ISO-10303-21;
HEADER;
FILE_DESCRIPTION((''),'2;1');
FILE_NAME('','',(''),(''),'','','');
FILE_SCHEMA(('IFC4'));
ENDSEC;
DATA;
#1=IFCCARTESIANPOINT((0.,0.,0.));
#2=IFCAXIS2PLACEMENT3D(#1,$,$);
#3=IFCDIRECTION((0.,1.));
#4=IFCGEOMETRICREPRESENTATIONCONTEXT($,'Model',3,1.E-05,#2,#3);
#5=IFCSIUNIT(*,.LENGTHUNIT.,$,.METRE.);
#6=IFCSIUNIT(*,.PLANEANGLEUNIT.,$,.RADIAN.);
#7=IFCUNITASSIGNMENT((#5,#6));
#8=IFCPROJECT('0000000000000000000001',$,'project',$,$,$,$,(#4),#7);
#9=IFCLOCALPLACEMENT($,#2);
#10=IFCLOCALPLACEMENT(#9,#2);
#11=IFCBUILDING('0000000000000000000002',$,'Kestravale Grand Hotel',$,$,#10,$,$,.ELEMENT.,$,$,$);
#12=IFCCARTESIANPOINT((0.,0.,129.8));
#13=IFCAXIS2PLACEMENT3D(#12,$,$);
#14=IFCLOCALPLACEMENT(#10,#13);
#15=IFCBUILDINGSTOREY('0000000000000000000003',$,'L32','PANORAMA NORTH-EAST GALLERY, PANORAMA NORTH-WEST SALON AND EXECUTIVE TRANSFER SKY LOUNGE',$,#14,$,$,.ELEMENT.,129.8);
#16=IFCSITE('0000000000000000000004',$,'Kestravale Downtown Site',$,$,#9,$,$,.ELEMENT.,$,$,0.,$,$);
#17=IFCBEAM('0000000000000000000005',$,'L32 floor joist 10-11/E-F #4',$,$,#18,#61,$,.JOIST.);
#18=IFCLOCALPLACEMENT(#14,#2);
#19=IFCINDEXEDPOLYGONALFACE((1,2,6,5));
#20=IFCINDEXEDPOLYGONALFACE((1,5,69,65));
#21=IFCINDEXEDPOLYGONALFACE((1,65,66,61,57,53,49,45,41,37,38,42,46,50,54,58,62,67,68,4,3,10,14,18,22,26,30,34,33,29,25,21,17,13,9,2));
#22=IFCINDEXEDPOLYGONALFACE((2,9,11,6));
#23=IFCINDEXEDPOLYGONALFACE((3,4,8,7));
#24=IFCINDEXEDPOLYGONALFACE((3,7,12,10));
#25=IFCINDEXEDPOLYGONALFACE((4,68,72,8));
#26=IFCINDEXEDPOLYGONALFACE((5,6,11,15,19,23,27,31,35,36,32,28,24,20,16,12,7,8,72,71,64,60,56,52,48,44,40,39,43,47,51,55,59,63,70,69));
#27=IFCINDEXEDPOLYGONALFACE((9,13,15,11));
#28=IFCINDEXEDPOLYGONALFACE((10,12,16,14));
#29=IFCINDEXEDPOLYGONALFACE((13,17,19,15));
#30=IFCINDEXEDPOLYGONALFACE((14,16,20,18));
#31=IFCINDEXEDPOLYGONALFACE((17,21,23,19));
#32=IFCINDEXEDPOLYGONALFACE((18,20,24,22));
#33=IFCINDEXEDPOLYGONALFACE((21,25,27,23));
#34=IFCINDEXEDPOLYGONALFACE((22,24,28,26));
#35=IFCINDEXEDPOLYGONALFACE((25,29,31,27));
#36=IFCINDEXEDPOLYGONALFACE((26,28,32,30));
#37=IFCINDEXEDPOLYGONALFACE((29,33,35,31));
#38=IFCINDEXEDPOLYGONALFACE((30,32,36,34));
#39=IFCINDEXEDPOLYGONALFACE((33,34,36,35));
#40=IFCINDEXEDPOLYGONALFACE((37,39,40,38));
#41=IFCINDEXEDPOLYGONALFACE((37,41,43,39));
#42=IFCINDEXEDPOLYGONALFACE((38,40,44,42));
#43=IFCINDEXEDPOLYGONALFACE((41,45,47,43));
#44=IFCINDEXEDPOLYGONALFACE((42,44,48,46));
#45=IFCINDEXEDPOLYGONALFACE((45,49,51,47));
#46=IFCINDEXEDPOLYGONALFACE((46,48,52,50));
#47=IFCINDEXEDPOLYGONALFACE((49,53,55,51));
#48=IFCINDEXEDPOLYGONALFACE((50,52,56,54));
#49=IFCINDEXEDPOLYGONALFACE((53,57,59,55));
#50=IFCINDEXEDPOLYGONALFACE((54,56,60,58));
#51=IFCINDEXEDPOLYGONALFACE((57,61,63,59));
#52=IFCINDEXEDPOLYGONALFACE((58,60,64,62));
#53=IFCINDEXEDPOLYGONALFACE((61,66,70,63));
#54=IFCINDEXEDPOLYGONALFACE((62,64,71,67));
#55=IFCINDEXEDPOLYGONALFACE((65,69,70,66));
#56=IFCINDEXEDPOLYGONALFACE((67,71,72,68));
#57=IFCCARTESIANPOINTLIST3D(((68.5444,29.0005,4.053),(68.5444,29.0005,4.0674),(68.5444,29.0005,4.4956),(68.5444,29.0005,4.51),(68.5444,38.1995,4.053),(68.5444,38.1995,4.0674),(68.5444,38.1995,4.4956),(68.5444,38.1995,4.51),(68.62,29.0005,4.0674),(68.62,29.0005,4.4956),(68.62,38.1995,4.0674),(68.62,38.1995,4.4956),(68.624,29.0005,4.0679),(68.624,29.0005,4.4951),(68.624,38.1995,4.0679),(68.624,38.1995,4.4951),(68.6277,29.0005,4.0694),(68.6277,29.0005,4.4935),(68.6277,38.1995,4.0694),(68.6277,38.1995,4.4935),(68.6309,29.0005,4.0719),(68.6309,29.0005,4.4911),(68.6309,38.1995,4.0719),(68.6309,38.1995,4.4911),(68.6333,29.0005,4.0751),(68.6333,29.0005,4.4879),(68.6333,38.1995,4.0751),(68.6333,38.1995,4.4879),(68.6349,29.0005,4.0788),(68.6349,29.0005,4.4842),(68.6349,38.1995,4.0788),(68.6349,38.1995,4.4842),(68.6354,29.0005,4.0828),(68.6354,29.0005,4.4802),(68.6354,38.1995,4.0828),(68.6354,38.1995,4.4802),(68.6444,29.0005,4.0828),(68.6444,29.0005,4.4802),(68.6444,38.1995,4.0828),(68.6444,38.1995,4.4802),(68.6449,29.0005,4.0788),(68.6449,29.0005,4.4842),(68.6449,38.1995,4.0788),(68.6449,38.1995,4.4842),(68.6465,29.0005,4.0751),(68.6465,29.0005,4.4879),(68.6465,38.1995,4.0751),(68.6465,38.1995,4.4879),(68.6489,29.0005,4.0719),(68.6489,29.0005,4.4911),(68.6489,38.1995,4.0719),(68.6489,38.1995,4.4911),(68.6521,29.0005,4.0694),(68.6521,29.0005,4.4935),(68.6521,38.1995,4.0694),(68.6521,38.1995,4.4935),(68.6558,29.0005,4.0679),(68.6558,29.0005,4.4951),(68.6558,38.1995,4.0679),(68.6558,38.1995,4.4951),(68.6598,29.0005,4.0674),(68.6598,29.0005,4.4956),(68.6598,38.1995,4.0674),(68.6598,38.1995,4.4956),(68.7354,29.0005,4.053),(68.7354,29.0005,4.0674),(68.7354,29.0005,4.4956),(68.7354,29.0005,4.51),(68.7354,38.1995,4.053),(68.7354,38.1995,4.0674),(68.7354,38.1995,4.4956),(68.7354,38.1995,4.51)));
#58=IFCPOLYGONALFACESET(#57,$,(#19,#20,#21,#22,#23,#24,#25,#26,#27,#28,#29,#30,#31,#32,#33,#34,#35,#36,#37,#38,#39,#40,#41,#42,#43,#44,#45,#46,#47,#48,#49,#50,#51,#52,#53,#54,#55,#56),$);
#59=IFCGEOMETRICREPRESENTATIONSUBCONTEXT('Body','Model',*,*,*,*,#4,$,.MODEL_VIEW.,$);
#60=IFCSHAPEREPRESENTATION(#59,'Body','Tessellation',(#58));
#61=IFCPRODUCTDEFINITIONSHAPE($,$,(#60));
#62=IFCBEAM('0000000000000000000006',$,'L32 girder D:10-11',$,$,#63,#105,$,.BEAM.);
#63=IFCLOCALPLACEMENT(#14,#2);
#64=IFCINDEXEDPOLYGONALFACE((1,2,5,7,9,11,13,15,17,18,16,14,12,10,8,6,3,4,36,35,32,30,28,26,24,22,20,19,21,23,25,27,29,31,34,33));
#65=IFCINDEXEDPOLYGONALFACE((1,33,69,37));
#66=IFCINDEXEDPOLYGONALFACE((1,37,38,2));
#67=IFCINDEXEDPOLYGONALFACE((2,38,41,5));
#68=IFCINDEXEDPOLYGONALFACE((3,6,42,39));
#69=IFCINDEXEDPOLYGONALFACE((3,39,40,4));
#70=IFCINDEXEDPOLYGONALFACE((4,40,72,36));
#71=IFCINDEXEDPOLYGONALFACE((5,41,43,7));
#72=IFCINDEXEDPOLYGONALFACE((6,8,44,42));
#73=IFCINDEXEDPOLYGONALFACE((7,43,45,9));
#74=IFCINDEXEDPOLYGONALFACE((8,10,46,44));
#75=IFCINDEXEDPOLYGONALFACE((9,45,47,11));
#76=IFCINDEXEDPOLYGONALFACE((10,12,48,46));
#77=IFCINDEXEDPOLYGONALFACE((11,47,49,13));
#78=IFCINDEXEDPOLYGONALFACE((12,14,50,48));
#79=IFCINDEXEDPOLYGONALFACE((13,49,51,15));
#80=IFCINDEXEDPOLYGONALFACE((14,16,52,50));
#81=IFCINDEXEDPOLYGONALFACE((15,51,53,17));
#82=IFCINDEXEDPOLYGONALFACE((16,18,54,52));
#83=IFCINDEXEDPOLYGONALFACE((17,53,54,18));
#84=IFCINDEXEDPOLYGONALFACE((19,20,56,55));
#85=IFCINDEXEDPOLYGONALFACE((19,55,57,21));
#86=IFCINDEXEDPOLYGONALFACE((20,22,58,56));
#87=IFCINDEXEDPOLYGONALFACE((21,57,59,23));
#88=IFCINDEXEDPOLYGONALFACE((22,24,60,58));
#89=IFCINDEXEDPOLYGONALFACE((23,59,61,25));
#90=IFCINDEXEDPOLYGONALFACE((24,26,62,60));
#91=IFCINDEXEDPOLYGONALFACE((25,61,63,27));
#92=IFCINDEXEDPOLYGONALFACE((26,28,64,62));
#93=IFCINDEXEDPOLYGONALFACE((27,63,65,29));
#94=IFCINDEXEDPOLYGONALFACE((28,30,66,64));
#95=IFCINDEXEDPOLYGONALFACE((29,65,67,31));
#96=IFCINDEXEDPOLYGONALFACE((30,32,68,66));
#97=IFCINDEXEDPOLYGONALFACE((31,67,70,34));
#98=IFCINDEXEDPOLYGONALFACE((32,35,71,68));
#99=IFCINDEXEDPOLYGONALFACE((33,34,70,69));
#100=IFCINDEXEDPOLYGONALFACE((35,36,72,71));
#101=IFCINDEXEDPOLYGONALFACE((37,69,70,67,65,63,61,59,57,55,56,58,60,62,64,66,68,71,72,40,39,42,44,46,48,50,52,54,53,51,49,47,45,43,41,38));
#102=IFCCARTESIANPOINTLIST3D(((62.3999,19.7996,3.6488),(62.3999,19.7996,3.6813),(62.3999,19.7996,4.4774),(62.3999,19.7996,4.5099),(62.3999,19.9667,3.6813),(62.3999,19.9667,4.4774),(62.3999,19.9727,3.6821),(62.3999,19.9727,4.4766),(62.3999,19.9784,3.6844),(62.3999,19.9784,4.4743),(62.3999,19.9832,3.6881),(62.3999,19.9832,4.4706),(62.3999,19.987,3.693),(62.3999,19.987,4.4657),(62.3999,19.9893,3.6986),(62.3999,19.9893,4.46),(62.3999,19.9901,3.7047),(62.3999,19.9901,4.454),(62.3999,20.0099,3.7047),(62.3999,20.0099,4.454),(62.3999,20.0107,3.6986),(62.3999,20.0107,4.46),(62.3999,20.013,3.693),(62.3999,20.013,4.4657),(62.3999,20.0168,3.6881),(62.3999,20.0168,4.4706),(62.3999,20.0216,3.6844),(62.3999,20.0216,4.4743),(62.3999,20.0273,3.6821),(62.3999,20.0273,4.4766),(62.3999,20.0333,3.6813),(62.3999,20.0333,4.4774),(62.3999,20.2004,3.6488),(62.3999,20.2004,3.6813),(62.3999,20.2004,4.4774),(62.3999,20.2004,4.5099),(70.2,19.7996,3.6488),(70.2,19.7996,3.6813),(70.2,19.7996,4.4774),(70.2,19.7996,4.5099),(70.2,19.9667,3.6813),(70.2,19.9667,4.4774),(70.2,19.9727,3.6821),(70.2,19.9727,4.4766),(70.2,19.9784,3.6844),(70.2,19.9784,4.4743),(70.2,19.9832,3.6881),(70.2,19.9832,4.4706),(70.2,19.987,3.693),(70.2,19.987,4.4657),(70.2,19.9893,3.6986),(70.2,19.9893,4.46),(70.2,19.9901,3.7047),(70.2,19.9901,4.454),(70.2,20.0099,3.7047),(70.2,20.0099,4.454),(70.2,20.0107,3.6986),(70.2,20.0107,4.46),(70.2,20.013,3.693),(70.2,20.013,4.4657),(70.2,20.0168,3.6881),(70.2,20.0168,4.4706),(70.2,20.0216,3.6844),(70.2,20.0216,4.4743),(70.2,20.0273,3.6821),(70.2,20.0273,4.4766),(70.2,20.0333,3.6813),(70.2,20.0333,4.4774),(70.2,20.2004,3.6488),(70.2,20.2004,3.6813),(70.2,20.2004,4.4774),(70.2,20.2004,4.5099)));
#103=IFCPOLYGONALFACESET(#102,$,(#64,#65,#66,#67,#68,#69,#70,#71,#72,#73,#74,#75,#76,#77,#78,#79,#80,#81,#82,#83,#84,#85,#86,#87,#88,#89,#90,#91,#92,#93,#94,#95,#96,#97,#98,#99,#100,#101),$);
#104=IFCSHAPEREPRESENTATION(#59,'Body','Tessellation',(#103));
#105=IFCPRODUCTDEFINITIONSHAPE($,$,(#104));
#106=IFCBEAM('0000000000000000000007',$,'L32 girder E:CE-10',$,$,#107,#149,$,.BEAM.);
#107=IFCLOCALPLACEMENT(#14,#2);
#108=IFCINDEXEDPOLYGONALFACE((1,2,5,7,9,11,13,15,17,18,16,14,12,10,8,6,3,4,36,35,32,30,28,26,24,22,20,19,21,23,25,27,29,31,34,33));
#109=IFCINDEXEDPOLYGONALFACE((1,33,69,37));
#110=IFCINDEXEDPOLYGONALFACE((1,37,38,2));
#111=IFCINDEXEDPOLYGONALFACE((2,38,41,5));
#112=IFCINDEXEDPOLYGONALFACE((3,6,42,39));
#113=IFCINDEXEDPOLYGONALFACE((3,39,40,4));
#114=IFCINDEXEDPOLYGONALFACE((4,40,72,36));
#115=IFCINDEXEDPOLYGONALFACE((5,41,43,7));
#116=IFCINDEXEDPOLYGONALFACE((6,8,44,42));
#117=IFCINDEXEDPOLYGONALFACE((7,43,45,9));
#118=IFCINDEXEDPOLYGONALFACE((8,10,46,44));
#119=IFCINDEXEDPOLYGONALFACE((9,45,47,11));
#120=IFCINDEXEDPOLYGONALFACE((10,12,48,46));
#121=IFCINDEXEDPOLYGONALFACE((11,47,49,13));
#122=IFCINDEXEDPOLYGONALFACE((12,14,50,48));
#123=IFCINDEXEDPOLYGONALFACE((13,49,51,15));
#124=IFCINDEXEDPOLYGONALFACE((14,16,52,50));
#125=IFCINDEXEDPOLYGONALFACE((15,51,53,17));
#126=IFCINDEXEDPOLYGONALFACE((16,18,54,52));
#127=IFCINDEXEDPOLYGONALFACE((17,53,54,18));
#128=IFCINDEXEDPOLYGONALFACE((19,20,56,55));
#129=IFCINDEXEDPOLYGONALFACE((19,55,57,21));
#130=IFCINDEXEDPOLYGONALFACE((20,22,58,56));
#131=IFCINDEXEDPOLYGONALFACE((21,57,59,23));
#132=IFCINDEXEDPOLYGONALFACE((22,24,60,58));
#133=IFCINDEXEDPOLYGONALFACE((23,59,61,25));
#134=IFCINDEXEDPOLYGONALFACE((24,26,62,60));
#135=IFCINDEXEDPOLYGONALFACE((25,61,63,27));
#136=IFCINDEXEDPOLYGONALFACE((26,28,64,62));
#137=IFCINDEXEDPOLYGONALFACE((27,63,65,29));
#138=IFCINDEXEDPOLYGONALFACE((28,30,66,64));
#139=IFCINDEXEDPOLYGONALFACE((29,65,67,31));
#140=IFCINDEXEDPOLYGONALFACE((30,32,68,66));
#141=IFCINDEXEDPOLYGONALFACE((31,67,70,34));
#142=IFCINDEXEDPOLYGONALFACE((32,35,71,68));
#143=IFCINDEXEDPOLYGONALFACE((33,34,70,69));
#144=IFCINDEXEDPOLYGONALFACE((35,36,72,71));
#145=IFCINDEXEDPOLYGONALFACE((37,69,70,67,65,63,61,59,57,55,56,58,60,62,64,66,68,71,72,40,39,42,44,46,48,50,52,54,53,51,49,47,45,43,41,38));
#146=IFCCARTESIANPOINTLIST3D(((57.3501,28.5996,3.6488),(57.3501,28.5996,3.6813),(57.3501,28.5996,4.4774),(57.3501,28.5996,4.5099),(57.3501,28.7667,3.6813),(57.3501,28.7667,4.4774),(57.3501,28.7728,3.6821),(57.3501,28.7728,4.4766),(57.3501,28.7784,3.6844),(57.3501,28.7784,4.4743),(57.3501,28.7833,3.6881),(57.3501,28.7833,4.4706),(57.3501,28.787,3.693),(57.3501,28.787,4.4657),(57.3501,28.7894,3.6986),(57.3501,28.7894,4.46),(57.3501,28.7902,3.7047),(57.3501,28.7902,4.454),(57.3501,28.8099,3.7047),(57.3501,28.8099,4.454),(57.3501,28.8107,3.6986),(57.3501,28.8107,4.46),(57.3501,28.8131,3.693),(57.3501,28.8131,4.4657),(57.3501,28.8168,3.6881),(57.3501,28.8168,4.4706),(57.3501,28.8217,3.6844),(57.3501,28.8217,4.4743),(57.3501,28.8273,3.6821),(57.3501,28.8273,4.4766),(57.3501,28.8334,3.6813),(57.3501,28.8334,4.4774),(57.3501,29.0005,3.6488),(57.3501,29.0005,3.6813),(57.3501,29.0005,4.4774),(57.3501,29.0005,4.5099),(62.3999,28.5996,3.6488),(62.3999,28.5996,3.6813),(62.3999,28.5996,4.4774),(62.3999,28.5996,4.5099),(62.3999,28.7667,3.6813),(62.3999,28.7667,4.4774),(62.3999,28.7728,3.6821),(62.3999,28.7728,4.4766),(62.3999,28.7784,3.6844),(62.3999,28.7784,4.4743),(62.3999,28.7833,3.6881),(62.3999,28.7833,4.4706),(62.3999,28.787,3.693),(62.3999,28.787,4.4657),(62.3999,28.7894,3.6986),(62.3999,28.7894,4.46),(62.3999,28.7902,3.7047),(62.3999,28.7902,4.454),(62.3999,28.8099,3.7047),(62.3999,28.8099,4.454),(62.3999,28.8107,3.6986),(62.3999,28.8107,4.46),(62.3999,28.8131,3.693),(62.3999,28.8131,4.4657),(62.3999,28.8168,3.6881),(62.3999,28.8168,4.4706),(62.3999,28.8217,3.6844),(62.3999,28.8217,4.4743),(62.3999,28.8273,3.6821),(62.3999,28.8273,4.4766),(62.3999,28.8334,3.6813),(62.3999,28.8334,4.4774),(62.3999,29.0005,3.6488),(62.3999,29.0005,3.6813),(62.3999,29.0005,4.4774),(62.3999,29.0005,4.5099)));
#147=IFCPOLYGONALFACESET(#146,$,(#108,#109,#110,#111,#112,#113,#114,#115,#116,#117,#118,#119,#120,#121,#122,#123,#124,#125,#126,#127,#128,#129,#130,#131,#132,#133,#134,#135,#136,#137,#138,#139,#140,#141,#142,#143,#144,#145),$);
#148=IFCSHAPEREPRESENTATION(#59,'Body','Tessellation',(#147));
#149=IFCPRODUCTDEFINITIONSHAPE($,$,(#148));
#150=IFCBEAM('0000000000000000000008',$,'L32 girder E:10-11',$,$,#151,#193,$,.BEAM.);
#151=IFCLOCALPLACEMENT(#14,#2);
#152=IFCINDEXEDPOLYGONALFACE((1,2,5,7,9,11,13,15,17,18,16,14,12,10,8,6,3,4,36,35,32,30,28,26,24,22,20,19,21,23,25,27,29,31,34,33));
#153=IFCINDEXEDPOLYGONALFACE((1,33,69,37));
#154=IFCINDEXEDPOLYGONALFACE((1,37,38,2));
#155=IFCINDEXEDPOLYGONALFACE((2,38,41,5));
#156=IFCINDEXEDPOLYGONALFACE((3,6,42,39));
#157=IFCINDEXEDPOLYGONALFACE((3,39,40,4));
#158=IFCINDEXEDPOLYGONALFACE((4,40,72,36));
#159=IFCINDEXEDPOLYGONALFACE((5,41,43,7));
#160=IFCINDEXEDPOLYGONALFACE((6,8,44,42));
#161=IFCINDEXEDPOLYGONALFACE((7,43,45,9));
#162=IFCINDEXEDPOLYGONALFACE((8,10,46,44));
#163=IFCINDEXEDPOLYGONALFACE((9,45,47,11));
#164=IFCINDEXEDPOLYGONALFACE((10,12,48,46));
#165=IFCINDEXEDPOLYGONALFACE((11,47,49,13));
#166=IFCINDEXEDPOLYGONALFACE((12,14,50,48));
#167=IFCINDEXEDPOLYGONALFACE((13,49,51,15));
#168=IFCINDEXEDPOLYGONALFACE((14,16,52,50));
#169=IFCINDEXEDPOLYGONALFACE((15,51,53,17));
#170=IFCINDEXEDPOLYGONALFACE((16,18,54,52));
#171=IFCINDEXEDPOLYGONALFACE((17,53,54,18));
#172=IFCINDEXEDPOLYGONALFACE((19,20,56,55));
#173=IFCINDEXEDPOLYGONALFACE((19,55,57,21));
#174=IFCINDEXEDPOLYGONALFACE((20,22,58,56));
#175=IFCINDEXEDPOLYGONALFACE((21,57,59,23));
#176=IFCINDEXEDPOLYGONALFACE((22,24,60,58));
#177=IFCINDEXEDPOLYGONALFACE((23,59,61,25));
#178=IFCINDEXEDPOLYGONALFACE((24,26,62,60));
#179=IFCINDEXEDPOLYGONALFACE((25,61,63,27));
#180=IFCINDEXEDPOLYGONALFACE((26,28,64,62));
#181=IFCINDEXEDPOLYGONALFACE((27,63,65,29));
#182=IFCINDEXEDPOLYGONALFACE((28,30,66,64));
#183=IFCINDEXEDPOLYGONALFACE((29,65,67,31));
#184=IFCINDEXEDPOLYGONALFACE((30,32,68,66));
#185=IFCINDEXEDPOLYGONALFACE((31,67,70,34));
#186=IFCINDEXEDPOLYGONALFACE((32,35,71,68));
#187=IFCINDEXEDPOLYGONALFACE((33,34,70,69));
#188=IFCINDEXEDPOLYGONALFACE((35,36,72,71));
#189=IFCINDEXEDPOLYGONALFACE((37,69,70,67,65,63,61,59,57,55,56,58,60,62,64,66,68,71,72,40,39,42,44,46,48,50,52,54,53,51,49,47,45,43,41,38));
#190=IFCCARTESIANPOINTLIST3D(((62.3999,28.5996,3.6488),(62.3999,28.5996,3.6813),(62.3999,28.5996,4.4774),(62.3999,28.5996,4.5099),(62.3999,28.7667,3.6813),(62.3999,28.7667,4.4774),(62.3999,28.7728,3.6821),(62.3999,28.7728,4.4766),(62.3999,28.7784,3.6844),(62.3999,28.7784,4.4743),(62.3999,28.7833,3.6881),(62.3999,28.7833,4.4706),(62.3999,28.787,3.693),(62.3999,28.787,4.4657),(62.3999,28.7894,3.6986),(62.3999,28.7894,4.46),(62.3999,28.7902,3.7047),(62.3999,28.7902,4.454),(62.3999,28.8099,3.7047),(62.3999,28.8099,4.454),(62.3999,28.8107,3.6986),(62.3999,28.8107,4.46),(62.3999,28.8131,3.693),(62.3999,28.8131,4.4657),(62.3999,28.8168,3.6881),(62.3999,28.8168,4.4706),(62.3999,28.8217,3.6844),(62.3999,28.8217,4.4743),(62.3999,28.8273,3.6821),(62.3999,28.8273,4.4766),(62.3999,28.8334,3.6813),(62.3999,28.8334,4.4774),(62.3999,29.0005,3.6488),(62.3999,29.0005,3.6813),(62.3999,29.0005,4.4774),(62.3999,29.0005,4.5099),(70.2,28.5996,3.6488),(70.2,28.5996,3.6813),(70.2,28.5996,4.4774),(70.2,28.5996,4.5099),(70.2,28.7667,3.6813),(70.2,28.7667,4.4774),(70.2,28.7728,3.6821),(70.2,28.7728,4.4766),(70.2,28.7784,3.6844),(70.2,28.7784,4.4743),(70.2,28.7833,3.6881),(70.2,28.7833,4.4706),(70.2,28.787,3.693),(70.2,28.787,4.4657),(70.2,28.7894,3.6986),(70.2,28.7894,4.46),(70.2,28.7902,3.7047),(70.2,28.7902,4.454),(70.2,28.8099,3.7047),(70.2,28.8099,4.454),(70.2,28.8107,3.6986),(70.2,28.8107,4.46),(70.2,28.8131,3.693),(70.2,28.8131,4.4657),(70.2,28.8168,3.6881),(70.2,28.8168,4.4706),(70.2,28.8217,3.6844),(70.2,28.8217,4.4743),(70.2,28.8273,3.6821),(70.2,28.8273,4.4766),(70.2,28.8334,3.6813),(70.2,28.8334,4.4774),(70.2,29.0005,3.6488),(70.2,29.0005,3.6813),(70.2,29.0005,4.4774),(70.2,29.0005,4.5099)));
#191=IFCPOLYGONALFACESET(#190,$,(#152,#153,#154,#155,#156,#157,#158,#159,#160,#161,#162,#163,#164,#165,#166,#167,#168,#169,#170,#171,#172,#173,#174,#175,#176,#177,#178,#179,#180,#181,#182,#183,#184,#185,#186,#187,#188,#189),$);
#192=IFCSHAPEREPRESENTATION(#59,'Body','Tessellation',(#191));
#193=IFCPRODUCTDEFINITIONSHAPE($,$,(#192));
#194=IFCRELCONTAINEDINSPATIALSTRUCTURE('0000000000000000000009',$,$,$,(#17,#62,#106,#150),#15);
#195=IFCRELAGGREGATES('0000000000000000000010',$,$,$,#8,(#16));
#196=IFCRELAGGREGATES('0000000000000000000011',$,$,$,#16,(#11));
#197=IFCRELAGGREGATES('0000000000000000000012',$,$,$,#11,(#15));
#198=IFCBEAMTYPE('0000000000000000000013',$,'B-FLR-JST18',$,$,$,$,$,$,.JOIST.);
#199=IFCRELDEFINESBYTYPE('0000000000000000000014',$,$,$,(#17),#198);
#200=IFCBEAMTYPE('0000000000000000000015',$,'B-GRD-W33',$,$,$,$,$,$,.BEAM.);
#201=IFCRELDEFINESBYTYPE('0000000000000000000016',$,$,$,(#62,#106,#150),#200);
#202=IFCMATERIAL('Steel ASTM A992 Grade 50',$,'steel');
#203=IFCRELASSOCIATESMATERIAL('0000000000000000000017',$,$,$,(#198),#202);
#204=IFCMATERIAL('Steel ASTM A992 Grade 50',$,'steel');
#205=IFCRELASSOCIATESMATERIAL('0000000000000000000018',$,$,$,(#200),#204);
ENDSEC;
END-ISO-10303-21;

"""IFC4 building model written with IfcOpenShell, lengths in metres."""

from ifc_helpers import new_model, si_unit, direction, frame, origin, origin_2d, place, context, subcontext, project, spatial, i_section, extrude, material, material_profile, profile_set, type_object, element, save


model = new_model("IFC4")

# Units and contexts
model_context = context("Model", 3, precision=1e-05, world=origin(), true_north=direction((0.0, 1.0)))
body_context = subcontext(model_context, "Body", "Model", "MODEL_VIEW")
ifc_project = project(units=[si_unit("LENGTHUNIT", "METRE"), si_unit("PLANEANGLEUNIT", "RADIAN")], contexts=[model_context])

# Site, building, storey
site_placement = place(None, origin())
site = spatial("IfcSite", under=ifc_project, at=site_placement, Name="Kestravale Downtown Site", CompositionType="ELEMENT", RefElevation=0.0)
building_placement = place(site_placement, origin())
building = spatial("IfcBuilding", under=site, at=building_placement, Name="Kestravale Grand Hotel", CompositionType="ELEMENT")
storey_placement = place(building_placement, frame((0.0, 0.0, 129.8)))
storey = spatial("IfcBuildingStorey", under=building, at=storey_placement, Name="L32", Description="PANORAMA NORTH-EAST GALLERY, PANORAMA NORTH-WEST SALON AND EXECUTIVE TRANSFER SKY LOUNGE", CompositionType="ELEMENT", Elevation=129.8)

# Beams
ifc_material_1 = material(Name="Steel ASTM A992 Grade 50", Category="steel")
ifc_material_profile_1 = material_profile(ifc_material_1, i_section(OverallWidth=0.1909, OverallDepth=0.457, WebThickness=0.009, FlangeThickness=0.0144, FilletRadius=0.0154, at=origin_2d()))
ifc_profile_set_1 = profile_set([ifc_material_profile_1], Name="Steel ASTM A992 Grade 50")
beam_type_1 = type_object("IfcBeamType", Name="B-FLR-JST18", PredefinedType="JOIST", material=ifc_profile_set_1)
for number, where, z_axis, x_axis, name in (
    (1, (68.6399, 29.0005, 4.2815), (0.0, 1.0, 0.0), (-1.0, 0.0, 0.0), "L32 floor joist 10-11/E-F #4"),
):
    element("IfcBeam", number, at=place(storey_placement, frame(where, z_axis=z_axis, x_axis=x_axis)), inside=storey, type_object=beam_type_1, Name=name, PredefinedType="JOIST", context=body_context, shape_type="SweptSolid", body=[
        extrude(i_section(OverallWidth=0.1909, OverallDepth=0.457, WebThickness=0.009, FlangeThickness=0.0144, FilletRadius=0.0154, at=origin_2d()), origin(), (0.0, 0.0, 1.0), 9.199),
    ])
ifc_material_2 = material(Name="Steel ASTM A992 Grade 50", Category="steel")
ifc_material_profile_2 = material_profile(ifc_material_2, i_section(OverallWidth=0.4009, OverallDepth=0.8611, WebThickness=0.0198, FlangeThickness=0.0325, FilletRadius=0.0234, at=origin_2d()))
ifc_profile_set_2 = profile_set([ifc_material_profile_2], Name="Steel ASTM A992 Grade 50")
beam_type_2 = type_object("IfcBeamType", Name="B-GRD-W33", PredefinedType="BEAM", material=ifc_profile_set_2)
beam_1_placement = place(storey_placement, frame((62.3999, 20.0, 4.0793), z_axis=(1.0, 0.0, 0.0), x_axis=(0.0, 1.0, 0.0)))
element("IfcBeam", 2, at=beam_1_placement, inside=storey, type_object=beam_type_2, Name="L32 girder D:10-11", PredefinedType="BEAM", context=body_context, shape_type="SweptSolid", body=[
    extrude(i_section(OverallWidth=0.4009, OverallDepth=0.8611, WebThickness=0.0198, FlangeThickness=0.0325, FilletRadius=0.0234, at=origin_2d()), origin(), (0.0, 0.0, 1.0), 7.8),
])
beam_2_placement = place(storey_placement, frame((57.3501, 28.8, 4.0793), z_axis=(1.0, 0.0, 0.0), x_axis=(0.0, 1.0, 0.0)))
element("IfcBeam", 3, at=beam_2_placement, inside=storey, type_object=beam_type_2, Name="L32 girder E:CE-10", PredefinedType="BEAM", context=body_context, shape_type="SweptSolid", body=[
    extrude(i_section(OverallWidth=0.4009, OverallDepth=0.8611, WebThickness=0.0198, FlangeThickness=0.0325, FilletRadius=0.0234, at=origin_2d()), origin(), (0.0, 0.0, 1.0), 5.0498),
])
beam_3_placement = place(storey_placement, frame((62.3999, 28.8, 4.0793), z_axis=(1.0, 0.0, 0.0), x_axis=(0.0, 1.0, 0.0)))
element("IfcBeam", 4, at=beam_3_placement, inside=storey, type_object=beam_type_2, Name="L32 girder E:10-11", PredefinedType="BEAM", context=body_context, shape_type="SweptSolid", body=[
    extrude(i_section(OverallWidth=0.4009, OverallDepth=0.8611, WebThickness=0.0198, FlangeThickness=0.0325, FilletRadius=0.0234, at=origin_2d()), origin(), (0.0, 0.0, 1.0), 7.8),
])

save(model, "model.ifc")
